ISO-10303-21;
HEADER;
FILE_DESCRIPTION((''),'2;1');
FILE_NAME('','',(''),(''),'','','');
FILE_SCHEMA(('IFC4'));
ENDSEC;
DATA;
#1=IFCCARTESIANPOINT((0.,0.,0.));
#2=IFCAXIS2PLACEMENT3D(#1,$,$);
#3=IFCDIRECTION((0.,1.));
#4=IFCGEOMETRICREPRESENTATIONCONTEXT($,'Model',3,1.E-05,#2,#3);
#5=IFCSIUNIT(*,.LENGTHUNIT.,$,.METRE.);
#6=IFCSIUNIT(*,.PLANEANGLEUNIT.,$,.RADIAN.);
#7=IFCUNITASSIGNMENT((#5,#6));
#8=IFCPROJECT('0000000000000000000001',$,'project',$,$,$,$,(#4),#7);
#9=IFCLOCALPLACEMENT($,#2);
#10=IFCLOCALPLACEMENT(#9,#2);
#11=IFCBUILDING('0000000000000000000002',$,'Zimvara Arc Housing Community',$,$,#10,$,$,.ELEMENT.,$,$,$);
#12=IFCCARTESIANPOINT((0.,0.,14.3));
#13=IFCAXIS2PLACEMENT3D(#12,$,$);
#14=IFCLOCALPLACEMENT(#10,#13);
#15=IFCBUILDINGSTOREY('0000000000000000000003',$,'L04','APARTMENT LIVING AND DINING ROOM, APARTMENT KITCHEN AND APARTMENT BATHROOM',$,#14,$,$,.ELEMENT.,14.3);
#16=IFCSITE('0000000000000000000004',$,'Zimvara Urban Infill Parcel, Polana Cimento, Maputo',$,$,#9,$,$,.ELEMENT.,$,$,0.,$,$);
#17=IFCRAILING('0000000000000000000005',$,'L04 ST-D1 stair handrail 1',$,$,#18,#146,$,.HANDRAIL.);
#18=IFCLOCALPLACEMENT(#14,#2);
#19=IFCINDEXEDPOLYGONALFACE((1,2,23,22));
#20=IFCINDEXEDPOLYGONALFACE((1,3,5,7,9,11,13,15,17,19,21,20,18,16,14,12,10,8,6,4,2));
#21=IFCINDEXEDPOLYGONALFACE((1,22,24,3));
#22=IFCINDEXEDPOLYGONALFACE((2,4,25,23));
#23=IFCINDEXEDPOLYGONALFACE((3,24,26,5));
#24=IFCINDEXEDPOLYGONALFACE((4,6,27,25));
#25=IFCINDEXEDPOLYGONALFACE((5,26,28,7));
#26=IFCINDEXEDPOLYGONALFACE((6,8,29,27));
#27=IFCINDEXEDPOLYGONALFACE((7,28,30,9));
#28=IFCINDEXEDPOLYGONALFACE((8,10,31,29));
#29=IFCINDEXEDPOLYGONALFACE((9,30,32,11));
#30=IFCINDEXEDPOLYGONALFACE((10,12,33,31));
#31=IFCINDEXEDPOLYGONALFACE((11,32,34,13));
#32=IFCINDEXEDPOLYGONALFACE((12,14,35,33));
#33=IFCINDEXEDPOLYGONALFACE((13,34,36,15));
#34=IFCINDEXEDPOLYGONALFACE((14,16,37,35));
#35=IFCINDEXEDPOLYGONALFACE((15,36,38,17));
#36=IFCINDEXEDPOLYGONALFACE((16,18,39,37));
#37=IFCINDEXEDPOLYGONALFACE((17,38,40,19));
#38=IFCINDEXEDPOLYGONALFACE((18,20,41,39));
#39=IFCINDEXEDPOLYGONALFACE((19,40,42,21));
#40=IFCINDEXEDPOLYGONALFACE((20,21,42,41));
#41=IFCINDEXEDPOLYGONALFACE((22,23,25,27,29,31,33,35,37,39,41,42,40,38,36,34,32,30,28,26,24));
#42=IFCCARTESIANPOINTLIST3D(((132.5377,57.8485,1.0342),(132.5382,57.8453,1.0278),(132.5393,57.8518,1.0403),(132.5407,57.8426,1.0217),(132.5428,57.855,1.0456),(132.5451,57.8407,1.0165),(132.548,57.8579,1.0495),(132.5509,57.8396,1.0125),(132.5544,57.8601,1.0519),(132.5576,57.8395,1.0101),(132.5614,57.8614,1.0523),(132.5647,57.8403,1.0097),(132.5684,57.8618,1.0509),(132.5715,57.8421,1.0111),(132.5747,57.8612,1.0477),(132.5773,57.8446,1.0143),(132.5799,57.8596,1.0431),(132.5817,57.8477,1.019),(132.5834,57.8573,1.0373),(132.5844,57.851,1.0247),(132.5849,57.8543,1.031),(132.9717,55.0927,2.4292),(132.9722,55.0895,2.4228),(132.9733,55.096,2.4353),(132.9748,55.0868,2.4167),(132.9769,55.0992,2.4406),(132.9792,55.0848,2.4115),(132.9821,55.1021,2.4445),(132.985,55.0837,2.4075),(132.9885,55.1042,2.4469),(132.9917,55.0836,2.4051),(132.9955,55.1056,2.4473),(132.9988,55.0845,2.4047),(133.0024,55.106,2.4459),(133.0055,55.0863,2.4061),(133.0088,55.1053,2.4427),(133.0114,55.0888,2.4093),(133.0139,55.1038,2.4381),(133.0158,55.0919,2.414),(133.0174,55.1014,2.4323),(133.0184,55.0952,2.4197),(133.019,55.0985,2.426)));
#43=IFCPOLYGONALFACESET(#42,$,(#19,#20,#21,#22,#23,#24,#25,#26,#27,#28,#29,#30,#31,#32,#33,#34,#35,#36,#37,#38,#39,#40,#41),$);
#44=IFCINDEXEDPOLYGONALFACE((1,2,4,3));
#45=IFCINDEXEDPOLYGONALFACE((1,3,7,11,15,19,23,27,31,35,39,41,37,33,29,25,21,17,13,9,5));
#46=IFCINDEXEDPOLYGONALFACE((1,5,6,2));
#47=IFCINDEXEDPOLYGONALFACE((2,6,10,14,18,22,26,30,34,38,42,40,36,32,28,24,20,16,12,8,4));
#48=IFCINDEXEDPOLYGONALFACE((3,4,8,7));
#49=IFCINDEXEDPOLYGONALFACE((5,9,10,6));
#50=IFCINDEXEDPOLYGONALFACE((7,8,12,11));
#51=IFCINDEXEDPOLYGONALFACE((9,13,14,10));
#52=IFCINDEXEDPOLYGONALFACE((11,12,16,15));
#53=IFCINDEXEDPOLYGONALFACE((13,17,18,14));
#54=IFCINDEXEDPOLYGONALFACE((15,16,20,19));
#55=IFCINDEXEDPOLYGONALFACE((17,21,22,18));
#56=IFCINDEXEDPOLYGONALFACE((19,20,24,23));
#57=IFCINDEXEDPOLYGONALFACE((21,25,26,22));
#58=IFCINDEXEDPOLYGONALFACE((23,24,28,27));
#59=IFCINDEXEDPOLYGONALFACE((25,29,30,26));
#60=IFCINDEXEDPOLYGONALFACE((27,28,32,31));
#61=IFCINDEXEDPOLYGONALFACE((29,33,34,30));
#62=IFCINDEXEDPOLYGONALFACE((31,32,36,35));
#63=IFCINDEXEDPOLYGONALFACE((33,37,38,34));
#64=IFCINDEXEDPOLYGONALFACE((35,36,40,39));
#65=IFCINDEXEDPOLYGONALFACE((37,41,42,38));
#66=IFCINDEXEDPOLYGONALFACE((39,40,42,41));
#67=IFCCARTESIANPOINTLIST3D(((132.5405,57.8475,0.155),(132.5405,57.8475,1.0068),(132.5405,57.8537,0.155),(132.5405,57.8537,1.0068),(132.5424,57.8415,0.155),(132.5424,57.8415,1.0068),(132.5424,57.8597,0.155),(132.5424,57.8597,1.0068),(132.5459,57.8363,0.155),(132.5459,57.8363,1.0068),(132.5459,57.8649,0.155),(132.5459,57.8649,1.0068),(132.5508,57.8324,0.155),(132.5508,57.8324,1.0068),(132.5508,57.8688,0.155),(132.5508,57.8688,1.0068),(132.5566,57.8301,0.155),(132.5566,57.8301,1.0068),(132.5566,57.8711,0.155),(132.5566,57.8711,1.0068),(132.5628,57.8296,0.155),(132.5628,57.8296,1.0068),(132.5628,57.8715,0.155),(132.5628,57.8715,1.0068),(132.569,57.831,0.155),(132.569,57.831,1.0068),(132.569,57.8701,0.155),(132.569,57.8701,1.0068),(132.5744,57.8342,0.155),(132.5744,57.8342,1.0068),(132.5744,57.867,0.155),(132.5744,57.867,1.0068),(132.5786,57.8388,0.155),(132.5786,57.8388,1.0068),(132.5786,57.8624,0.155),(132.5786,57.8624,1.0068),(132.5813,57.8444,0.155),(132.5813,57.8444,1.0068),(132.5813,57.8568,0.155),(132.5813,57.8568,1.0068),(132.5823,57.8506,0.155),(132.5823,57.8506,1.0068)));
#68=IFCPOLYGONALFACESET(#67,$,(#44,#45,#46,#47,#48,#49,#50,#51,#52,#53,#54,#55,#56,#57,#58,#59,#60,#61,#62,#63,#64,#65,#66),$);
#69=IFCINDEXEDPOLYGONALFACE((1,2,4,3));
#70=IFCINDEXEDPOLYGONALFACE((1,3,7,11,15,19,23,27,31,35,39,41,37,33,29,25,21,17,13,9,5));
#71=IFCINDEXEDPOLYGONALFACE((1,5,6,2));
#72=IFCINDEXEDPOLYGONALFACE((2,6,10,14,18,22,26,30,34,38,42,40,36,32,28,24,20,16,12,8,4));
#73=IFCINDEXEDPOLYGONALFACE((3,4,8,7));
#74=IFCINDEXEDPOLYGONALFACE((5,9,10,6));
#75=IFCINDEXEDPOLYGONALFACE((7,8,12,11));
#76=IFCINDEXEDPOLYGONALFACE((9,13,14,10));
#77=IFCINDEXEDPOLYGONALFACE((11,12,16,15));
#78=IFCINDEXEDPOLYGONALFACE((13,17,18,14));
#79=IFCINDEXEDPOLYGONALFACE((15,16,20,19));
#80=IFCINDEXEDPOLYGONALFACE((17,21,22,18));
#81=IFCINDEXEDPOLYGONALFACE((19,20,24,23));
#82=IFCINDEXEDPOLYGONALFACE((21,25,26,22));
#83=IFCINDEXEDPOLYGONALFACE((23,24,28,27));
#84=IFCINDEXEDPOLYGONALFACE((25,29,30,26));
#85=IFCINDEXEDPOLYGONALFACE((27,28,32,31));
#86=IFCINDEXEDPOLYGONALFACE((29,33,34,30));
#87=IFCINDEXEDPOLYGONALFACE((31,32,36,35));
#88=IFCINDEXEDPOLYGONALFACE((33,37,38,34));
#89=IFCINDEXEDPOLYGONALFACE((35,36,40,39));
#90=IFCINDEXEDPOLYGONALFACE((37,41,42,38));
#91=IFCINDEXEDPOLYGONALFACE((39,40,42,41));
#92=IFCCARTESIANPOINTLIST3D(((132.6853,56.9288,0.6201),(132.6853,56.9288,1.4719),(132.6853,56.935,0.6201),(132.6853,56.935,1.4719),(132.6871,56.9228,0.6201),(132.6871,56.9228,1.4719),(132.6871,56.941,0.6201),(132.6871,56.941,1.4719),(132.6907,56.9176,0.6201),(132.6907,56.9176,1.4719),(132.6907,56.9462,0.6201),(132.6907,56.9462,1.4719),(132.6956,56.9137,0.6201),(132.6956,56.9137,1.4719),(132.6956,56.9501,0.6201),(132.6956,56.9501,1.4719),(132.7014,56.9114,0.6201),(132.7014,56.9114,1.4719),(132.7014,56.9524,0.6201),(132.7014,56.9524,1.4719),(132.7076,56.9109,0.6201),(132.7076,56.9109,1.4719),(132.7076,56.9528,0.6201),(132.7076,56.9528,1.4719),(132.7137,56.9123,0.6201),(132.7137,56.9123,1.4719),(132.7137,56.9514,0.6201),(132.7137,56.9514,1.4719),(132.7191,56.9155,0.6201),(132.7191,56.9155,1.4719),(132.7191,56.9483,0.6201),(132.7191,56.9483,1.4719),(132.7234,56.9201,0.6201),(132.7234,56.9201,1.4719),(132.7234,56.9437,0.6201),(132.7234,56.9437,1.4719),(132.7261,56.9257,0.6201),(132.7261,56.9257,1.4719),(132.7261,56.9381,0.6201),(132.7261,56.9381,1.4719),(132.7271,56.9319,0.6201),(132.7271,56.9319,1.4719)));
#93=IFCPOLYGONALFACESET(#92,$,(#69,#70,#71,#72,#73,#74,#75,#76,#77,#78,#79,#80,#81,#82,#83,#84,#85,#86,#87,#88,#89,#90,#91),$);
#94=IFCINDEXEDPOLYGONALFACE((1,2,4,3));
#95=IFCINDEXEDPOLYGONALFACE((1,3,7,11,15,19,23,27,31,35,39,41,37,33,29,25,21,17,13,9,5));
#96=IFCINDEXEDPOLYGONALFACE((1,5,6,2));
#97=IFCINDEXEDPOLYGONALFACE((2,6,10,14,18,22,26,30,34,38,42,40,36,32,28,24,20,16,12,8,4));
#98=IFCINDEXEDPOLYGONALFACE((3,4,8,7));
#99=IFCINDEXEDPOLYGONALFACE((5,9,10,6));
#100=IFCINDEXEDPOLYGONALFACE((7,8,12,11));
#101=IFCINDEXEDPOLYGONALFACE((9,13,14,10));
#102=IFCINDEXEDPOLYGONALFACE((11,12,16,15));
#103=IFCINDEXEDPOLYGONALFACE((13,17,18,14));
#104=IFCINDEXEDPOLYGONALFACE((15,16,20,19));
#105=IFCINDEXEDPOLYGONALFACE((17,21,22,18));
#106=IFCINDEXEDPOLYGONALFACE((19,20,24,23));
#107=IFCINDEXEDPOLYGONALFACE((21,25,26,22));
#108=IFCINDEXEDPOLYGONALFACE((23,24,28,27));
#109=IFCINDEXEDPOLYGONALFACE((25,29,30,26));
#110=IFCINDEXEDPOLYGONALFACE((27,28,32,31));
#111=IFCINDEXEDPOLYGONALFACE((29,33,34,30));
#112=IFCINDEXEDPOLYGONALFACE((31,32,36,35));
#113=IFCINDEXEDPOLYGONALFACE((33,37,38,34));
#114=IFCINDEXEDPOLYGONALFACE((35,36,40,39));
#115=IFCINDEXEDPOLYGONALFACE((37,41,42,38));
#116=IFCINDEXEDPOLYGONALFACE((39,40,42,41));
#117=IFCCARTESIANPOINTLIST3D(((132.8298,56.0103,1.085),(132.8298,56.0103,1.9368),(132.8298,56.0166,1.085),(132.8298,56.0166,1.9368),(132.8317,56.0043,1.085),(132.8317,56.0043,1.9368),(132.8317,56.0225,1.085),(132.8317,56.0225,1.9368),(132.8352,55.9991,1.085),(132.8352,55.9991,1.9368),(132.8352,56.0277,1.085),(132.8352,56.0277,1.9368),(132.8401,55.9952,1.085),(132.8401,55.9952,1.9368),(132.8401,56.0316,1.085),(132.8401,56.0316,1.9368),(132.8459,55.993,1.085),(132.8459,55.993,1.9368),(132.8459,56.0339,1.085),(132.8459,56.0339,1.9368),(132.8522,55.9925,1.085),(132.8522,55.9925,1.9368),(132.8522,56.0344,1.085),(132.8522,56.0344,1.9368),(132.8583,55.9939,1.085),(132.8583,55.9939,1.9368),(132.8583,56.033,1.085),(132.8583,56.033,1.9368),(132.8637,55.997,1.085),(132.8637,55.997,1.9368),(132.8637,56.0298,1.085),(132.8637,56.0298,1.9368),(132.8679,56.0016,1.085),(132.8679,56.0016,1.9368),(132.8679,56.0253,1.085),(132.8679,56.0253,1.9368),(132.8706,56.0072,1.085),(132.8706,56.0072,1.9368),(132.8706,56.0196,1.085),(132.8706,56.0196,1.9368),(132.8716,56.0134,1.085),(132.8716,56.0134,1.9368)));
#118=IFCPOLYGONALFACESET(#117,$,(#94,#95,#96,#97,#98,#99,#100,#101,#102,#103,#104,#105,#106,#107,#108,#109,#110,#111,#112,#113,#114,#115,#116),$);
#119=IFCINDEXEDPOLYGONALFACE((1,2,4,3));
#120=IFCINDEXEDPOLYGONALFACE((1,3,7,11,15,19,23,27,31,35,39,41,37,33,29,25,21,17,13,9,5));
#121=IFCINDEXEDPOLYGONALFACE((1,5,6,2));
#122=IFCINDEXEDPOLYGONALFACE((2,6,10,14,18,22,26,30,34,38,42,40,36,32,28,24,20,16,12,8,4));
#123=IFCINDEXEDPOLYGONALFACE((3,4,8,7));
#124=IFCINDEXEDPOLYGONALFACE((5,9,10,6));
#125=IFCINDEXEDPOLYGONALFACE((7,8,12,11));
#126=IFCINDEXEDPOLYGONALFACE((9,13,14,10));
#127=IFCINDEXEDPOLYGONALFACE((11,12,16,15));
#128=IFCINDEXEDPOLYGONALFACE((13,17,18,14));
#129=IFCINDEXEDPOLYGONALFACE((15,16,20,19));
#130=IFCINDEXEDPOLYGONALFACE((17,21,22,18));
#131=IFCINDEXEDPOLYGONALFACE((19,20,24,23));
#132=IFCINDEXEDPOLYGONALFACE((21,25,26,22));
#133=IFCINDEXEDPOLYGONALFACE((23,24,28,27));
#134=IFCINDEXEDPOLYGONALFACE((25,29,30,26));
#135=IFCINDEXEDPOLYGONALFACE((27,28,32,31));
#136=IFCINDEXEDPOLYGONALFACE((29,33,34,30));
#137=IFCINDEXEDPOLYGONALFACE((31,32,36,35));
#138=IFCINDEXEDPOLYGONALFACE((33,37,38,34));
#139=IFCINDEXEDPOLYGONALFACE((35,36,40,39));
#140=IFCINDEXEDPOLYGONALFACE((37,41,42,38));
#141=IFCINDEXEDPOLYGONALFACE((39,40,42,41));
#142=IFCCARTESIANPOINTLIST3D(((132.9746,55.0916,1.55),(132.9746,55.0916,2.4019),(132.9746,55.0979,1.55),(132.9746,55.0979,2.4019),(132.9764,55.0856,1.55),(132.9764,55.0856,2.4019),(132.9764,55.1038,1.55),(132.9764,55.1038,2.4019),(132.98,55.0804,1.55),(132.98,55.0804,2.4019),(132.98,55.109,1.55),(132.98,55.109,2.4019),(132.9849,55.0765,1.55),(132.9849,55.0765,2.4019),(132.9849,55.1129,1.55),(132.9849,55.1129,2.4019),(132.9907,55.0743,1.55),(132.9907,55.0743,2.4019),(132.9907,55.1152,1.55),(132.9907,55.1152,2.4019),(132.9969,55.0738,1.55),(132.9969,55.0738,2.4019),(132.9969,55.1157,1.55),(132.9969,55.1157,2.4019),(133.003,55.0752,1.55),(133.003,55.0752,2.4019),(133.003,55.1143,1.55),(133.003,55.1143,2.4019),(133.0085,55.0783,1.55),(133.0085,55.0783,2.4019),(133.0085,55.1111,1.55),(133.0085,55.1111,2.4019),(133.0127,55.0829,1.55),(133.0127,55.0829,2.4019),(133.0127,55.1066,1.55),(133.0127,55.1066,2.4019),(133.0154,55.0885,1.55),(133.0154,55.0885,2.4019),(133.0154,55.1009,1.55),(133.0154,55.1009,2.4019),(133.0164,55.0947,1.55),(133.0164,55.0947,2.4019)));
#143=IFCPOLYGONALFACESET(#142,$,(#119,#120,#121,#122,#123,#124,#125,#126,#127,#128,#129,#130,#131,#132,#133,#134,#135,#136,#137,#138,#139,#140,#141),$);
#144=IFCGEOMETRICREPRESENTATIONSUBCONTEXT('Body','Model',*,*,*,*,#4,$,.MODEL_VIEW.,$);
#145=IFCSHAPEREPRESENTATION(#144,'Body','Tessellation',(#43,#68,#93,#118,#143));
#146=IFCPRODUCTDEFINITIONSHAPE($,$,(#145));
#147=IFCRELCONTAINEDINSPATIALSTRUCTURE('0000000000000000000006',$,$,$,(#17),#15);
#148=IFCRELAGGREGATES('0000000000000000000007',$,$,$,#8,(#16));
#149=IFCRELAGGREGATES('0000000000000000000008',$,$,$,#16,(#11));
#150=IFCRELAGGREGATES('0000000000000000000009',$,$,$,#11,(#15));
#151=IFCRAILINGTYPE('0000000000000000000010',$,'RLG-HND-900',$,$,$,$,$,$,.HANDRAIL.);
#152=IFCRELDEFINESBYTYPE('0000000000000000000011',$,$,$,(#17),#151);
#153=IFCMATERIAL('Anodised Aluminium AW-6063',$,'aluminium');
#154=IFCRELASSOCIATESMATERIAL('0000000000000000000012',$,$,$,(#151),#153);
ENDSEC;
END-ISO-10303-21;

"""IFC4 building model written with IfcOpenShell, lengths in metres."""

from ifc_helpers import new_model, si_unit, direction, frame, origin, origin_2d, place, context, subcontext, project, spatial, circle, extrude, material, type_object, element, save


model = new_model("IFC4")

# Units and contexts
model_context = context("Model", 3, precision=1e-05, world=origin(), true_north=direction((0.0, 1.0)))
body_context = subcontext(model_context, "Body", "Model", "MODEL_VIEW")
ifc_project = project(units=[si_unit("LENGTHUNIT", "METRE"), si_unit("PLANEANGLEUNIT", "RADIAN")], contexts=[model_context])

# Site, building, storey
site_placement = place(None, origin())
site = spatial("IfcSite", under=ifc_project, at=site_placement, Name="Zimvara Urban Infill Parcel, Polana Cimento, Maputo", CompositionType="ELEMENT", RefElevation=0.0)
building_placement = place(site_placement, origin())
building = spatial("IfcBuilding", under=site, at=building_placement, Name="Zimvara Arc Housing Community", CompositionType="ELEMENT")
storey_placement = place(building_placement, frame((0.0, 0.0, 14.3)))
storey = spatial("IfcBuildingStorey", under=building, at=storey_placement, Name="L04", Description="APARTMENT LIVING AND DINING ROOM, APARTMENT KITCHEN AND APARTMENT BATHROOM", CompositionType="ELEMENT", Elevation=14.3)

# Railing
ifc_material_1 = material(Name="Anodised Aluminium AW-6063", Category="aluminium")
railing_type_1 = type_object("IfcRailingType", Name="RLG-HND-900", PredefinedType="HANDRAIL", material=ifc_material_1)
railing_1_placement = place(storey_placement, frame((132.5613, 57.8506, 0.155)))
element("IfcRailing", 1, at=railing_1_placement, inside=storey, type_object=railing_type_1, Name="L04 ST-D1 stair handrail 1", PredefinedType="HANDRAIL", context=body_context, shape_type="SweptSolid", body=[
    extrude(circle(Radius=0.0239, at=origin_2d()), frame((0.0, 0.0, 0.876), z_axis=(0.139166, -0.883521, 0.44724), x_axis=(0.987821, 0.155594, 0.0)), (0.0, 0.0, 1.0), 3.1191),
    extrude(circle(Radius=0.021, at=origin_2d()), origin(), (0.0, 0.0, 1.0), 0.8518),
    extrude(circle(Radius=0.021, at=origin_2d()), frame((0.1448, -0.9187, 0.4651)), (0.0, 0.0, 1.0), 0.8518),
    extrude(circle(Radius=0.021, at=origin_2d()), frame((0.2893, -1.8372, 0.9299)), (0.0, 0.0, 1.0), 0.8518),
    extrude(circle(Radius=0.021, at=origin_2d()), frame((0.4341, -2.7559, 1.395)), (0.0, 0.0, 1.0), 0.8518),
])

save(model, "model.ifc")
